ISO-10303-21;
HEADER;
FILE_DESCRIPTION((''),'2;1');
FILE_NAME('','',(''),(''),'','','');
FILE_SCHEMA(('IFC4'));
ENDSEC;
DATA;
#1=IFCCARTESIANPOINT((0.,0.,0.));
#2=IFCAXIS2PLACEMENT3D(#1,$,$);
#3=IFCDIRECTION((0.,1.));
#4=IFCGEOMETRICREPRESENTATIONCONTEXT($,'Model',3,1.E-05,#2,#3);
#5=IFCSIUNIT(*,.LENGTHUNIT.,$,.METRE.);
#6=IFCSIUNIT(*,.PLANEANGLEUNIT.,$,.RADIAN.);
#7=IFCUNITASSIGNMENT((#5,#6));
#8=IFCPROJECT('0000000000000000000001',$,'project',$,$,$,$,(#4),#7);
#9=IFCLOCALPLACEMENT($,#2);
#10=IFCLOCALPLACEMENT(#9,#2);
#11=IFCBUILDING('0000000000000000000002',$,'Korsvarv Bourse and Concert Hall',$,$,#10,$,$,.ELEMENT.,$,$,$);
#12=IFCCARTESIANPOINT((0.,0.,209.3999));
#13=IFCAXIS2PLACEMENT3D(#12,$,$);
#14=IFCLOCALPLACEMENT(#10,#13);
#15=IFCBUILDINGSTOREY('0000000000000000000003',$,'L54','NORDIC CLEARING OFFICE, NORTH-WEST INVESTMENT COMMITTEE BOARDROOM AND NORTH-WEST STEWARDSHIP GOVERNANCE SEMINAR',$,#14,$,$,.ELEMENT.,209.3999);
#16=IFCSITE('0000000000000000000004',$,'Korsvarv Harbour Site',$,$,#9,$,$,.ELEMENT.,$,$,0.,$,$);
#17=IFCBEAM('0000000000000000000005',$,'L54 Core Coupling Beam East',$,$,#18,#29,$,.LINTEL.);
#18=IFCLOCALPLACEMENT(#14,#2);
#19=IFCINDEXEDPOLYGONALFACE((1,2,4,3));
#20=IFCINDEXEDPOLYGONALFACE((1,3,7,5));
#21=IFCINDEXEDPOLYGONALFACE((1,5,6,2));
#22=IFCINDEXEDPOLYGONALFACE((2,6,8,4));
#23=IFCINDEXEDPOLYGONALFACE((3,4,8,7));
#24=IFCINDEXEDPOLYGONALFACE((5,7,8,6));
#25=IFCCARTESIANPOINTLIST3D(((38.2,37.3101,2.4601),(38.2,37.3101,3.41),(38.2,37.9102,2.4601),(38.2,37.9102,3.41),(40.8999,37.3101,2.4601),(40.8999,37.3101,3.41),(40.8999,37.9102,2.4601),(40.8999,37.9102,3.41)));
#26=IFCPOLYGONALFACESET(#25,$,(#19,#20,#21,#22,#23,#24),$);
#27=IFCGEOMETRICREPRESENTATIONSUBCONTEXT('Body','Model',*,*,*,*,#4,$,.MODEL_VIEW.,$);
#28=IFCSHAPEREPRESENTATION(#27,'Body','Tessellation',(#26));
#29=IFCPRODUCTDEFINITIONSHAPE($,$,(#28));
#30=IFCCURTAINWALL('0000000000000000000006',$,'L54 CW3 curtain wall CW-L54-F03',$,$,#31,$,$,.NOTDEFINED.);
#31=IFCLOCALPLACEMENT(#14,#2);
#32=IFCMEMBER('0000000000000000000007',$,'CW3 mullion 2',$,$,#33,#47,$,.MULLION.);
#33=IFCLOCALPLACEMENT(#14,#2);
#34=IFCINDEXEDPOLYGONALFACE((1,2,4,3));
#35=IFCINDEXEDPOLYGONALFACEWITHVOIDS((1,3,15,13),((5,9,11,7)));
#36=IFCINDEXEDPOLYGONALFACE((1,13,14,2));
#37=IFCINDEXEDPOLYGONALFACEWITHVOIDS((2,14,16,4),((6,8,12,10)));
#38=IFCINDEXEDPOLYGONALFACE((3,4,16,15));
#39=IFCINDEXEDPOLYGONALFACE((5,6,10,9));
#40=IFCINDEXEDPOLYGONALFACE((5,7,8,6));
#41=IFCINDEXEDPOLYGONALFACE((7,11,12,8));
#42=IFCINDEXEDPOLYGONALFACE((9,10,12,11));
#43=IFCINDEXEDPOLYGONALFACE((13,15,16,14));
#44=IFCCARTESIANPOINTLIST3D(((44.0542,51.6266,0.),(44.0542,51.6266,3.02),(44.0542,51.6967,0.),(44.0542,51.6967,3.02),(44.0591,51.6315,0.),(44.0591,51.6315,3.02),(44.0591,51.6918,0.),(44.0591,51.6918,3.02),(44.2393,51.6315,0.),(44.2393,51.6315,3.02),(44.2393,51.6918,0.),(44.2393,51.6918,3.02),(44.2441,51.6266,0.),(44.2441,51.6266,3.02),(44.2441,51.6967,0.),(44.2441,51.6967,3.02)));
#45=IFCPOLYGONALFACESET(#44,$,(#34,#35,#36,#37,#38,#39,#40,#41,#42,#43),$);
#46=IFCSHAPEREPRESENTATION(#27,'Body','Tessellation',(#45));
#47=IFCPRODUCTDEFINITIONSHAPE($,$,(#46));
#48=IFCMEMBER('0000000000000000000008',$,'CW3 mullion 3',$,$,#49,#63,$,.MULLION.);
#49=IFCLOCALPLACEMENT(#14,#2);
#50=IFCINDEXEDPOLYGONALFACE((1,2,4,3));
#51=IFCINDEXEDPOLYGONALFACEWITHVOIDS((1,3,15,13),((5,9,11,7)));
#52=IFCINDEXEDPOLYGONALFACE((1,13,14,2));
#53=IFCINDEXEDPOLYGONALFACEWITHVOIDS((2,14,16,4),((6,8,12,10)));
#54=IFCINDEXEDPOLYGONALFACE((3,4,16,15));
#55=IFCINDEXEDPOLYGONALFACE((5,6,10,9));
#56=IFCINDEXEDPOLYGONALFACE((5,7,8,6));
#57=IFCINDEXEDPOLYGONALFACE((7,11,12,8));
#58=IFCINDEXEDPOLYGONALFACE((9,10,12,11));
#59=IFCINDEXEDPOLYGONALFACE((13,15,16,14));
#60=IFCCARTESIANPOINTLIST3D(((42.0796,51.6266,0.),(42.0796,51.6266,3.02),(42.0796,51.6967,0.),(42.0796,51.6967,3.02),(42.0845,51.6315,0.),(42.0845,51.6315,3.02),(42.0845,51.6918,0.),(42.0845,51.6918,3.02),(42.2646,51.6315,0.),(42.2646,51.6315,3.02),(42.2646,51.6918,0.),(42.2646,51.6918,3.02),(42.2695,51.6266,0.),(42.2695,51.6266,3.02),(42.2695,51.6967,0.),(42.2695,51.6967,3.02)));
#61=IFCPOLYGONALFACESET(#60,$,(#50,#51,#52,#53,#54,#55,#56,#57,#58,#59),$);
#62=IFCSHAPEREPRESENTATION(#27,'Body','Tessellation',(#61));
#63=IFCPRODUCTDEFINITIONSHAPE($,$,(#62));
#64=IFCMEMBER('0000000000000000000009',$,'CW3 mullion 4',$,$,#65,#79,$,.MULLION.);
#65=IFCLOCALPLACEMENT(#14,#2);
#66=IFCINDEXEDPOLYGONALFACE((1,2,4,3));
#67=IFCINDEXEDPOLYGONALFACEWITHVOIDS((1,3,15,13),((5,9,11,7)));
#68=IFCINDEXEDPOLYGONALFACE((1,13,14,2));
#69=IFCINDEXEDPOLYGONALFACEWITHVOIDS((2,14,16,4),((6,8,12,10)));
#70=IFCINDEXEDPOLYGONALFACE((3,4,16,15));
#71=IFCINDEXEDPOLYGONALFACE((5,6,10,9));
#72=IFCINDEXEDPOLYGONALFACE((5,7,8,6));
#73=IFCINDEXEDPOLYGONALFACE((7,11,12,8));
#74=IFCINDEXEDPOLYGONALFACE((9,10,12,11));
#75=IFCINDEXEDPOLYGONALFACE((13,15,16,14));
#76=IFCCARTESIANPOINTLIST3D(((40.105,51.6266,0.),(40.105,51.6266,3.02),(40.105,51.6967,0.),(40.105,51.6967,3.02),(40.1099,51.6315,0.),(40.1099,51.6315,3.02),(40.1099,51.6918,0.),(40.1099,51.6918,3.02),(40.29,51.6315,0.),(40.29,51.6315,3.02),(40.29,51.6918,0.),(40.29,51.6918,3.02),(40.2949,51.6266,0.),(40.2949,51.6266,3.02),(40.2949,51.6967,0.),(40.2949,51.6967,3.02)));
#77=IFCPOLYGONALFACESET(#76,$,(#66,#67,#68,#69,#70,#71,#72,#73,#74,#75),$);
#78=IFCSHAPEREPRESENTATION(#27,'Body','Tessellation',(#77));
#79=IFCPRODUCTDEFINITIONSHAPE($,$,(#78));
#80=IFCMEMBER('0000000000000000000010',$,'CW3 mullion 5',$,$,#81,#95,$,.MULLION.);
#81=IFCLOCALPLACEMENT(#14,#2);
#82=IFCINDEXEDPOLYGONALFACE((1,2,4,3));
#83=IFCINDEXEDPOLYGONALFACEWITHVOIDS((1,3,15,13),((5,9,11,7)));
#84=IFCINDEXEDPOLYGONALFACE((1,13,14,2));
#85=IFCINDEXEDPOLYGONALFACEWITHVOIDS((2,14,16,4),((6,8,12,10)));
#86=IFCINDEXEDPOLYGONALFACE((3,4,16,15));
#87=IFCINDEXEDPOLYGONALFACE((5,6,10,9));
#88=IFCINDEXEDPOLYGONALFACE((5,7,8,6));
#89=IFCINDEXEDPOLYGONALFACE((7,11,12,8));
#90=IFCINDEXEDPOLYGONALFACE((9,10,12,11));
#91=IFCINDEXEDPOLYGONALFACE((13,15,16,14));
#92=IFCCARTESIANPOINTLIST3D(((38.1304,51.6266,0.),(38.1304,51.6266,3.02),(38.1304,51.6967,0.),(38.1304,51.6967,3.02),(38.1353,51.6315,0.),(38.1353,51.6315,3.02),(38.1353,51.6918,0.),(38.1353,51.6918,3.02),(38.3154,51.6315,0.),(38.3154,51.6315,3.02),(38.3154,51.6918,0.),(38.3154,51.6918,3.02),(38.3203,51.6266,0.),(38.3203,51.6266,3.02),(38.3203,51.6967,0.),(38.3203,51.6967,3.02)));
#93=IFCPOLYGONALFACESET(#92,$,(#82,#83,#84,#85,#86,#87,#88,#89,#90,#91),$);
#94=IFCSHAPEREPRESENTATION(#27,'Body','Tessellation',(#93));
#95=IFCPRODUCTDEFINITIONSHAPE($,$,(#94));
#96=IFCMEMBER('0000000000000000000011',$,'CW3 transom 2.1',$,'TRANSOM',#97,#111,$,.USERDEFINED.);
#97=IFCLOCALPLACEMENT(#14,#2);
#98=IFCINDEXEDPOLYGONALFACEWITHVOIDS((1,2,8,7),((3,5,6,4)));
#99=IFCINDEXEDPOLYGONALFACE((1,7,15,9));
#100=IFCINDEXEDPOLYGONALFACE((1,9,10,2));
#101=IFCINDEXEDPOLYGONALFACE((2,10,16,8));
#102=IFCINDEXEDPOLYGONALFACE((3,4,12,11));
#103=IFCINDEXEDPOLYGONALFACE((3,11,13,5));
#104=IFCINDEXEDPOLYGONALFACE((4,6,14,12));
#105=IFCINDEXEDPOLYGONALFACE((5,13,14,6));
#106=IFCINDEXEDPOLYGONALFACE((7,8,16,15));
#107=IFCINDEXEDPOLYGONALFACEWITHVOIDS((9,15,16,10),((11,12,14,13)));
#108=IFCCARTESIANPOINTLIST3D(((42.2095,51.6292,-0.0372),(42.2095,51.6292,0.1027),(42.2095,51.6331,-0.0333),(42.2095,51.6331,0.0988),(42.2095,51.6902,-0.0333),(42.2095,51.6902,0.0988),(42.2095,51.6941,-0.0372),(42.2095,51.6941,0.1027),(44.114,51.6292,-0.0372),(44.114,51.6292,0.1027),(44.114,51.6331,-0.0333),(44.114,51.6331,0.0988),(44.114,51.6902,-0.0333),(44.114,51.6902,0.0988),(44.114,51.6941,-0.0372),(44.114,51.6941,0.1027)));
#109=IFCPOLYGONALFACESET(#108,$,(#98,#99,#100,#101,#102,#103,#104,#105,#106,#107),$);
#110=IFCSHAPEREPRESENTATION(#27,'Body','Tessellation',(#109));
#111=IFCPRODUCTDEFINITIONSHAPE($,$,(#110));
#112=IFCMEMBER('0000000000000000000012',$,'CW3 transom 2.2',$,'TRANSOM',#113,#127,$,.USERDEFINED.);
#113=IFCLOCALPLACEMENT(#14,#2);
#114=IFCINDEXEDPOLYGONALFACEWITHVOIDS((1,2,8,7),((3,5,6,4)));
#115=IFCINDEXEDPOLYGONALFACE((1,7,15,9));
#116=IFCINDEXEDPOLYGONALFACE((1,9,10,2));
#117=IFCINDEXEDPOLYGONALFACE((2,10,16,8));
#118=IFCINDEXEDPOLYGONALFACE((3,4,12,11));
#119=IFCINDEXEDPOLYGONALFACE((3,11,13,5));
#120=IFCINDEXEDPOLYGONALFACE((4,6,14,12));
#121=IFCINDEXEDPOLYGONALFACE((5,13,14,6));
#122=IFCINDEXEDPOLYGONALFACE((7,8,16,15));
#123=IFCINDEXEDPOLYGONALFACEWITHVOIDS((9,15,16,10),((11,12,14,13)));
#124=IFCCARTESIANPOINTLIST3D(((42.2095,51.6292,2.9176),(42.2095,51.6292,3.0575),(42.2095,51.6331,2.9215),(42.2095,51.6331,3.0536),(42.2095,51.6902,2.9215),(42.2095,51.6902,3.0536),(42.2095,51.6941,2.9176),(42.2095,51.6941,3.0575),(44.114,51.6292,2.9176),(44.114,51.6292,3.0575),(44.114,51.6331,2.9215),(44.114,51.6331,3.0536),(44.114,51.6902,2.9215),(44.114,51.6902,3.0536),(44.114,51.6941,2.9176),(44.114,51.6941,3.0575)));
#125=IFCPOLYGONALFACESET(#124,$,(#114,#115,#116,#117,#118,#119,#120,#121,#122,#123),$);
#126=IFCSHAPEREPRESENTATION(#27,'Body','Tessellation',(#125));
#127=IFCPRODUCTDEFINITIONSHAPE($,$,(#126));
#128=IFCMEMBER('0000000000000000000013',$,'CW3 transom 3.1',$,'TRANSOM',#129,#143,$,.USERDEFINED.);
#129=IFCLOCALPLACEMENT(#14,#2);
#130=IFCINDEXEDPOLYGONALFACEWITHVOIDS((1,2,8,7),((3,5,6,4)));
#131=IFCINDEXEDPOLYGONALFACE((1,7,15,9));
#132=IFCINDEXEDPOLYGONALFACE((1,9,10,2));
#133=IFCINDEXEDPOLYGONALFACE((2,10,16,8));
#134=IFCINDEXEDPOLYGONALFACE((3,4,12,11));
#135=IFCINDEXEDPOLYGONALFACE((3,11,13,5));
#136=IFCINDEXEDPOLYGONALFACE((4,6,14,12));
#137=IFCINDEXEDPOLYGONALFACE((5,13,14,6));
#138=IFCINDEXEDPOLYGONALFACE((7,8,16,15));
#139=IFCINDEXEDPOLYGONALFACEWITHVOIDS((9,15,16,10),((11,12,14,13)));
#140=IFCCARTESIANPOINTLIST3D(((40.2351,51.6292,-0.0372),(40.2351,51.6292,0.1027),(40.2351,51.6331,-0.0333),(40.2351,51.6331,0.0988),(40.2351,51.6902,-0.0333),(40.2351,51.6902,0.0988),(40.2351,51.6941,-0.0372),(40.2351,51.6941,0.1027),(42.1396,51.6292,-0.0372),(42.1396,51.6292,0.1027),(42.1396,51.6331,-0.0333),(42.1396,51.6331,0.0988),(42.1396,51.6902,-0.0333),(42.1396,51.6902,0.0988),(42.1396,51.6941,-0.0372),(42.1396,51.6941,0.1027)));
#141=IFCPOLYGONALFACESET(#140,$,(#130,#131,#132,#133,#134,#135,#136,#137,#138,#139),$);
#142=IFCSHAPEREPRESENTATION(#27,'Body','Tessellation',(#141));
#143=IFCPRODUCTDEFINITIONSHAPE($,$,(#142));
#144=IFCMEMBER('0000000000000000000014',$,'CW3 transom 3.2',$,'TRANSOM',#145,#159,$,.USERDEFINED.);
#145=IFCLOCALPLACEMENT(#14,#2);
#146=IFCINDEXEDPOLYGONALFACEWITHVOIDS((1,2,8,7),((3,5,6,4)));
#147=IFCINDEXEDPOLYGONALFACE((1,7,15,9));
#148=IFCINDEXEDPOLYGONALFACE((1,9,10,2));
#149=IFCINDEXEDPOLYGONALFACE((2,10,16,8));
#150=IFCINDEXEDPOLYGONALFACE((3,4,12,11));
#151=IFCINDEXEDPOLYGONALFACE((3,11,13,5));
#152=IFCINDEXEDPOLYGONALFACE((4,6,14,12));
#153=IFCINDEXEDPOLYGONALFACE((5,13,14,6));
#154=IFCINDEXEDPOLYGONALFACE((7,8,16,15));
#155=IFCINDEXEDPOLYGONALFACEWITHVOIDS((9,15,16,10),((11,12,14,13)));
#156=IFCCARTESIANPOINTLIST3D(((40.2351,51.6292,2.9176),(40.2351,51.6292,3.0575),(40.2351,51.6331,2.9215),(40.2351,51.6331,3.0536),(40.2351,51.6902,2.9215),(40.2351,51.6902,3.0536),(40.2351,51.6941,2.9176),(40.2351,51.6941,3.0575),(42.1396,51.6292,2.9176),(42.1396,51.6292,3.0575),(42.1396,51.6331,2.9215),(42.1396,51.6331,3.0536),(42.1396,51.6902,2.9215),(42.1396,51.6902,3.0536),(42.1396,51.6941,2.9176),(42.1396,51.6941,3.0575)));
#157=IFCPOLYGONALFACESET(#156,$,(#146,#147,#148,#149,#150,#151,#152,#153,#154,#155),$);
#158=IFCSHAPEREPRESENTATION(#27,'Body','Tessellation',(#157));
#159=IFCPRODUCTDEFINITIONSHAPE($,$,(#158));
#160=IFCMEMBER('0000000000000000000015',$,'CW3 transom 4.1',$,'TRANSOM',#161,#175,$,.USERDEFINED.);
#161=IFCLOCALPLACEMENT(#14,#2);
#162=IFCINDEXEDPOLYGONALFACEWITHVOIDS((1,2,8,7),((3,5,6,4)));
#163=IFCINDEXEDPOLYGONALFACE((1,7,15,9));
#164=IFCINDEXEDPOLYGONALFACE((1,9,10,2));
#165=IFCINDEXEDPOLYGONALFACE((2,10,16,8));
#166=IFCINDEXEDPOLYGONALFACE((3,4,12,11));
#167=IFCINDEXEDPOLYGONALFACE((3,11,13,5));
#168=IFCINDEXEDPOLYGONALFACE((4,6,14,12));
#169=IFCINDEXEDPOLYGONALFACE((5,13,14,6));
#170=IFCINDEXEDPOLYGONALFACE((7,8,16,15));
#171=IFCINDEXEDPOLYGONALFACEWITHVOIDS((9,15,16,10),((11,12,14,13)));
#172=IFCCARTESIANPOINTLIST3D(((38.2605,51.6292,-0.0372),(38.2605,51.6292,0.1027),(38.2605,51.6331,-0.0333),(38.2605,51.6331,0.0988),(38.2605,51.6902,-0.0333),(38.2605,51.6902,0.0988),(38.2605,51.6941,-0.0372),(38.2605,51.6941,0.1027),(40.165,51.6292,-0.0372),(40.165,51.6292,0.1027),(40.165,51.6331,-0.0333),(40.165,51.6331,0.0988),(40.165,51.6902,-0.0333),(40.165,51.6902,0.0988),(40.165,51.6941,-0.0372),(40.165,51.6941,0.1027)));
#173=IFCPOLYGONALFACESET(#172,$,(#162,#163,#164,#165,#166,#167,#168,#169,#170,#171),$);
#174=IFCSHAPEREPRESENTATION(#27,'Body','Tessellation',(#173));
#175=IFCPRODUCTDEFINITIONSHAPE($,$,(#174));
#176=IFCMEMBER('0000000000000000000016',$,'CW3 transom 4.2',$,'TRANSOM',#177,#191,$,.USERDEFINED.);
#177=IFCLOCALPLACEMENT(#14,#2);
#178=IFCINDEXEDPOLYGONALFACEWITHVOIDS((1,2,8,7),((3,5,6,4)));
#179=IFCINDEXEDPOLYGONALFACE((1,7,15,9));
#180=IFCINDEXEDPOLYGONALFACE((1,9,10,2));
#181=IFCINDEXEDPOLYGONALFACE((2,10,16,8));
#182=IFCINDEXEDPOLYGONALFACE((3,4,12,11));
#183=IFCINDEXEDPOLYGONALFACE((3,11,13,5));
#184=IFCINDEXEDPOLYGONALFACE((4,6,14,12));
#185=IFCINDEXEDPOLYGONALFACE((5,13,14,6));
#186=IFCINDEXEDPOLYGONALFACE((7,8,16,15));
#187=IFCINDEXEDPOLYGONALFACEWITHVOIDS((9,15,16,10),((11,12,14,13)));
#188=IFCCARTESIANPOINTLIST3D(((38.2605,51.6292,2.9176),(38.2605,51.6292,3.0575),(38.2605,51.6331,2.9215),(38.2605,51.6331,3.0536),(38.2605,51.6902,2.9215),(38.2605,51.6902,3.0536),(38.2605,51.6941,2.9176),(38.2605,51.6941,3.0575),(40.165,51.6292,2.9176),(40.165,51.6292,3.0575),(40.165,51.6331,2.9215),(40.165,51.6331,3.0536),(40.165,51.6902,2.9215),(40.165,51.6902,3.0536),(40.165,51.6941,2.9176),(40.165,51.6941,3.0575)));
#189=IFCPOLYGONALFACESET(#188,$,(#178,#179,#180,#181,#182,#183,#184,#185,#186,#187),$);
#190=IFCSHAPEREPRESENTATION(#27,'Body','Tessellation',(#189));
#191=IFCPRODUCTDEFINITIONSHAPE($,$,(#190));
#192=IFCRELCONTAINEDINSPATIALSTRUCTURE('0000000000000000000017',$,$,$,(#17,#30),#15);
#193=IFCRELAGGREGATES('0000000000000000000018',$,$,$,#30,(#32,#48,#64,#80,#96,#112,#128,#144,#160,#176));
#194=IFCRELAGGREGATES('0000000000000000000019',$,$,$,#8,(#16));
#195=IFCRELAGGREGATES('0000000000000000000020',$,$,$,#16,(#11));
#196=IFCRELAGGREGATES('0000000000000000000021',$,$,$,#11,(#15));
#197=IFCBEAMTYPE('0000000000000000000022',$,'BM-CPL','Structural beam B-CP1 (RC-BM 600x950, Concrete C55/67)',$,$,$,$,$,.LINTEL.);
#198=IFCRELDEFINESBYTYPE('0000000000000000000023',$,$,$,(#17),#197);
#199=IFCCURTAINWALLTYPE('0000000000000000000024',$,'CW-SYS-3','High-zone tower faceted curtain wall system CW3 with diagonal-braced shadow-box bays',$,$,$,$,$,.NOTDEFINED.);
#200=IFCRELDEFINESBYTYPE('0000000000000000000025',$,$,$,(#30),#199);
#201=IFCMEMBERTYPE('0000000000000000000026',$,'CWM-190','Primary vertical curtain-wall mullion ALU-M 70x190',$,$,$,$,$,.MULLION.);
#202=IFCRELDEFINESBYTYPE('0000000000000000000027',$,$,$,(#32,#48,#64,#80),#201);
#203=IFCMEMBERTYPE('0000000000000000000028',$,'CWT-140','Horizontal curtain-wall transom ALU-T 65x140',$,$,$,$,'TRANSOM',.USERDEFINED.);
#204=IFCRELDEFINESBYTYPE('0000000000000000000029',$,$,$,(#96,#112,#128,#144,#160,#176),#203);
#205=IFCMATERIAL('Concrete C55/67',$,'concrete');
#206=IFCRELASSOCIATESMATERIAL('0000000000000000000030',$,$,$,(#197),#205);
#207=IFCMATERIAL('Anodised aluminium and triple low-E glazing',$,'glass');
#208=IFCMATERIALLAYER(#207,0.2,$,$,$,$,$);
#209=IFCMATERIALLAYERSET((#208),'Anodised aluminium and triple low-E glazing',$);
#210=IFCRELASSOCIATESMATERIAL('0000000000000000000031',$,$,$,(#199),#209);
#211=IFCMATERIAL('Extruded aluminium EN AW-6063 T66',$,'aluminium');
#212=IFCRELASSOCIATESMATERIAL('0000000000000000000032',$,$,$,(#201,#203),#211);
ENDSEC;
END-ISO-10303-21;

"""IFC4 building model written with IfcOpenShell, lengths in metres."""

from ifc_helpers import new_model, si_unit, direction, frame, origin, origin_2d, place, context, subcontext, project, spatial, rectangle, hollow_rectangle, extrude, source, transform, mapped, material, layer, layer_set, material_profile, profile_set, type_object, element, aggregate, save


model = new_model("IFC4")

# Units and contexts
model_context = context("Model", 3, precision=1e-05, world=origin(), true_north=direction((0.0, 1.0)))
body_context = subcontext(model_context, "Body", "Model", "MODEL_VIEW")
ifc_project = project(units=[si_unit("LENGTHUNIT", "METRE"), si_unit("PLANEANGLEUNIT", "RADIAN")], contexts=[model_context])

# Site, building, storey
site_placement = place(None, origin())
site = spatial("IfcSite", under=ifc_project, at=site_placement, Name="Korsvarv Harbour Site", CompositionType="ELEMENT", RefElevation=0.0)
building_placement = place(site_placement, origin())
building = spatial("IfcBuilding", under=site, at=building_placement, Name="Korsvarv Bourse and Concert Hall", CompositionType="ELEMENT")
storey_placement = place(building_placement, frame((0.0, 0.0, 209.3999)))
storey = spatial("IfcBuildingStorey", under=building, at=storey_placement, Name="L54", Description="NORDIC CLEARING OFFICE, NORTH-WEST INVESTMENT COMMITTEE BOARDROOM AND NORTH-WEST STEWARDSHIP GOVERNANCE SEMINAR", CompositionType="ELEMENT", Elevation=209.3999)

# Beam
ifc_material_1 = material(Name="Concrete C55/67", Category="concrete")
ifc_material_profile_1 = material_profile(ifc_material_1, rectangle(XDim=0.6001, YDim=0.95, at=origin_2d()), Name="RC-BM 600x950")
ifc_profile_set_1 = profile_set([ifc_material_profile_1], Name="Concrete C55/67")
beam_type = type_object("IfcBeamType", Name="BM-CPL", Description="Structural beam B-CP1 (RC-BM 600x950, Concrete C55/67)", PredefinedType="LINTEL", material=ifc_profile_set_1)
shared_shape_1 = source(origin(), body_context, "Body", "SweptSolid", [
    extrude(rectangle(XDim=0.6001, YDim=0.95, at=origin_2d()), origin(), (0.0, 0.0, 1.0), 2.7),
])
beam_placement = place(storey_placement, frame((38.2, 37.6101, 2.9351), z_axis=(1.0, 0.0, 0.0), x_axis=(0.0, 1.0, 0.0)))
element("IfcBeam", 1, at=beam_placement, inside=storey, type_object=beam_type, Name="L54 Core Coupling Beam East", PredefinedType="LINTEL", context=body_context, shape_type="MappedRepresentation", body=[
    mapped(shared_shape_1, transform((0.0, 0.0, 0.0), scale=1.0)),
])

# Curtain wall, members
ifc_material_2 = material(Name="Anodised aluminium and triple low-E glazing", Category="glass")
ifc_layer_1 = layer(ifc_material_2, 0.2)
ifc_layer_set_1 = layer_set([ifc_layer_1], Name="Anodised aluminium and triple low-E glazing")
curtain_wall_type = type_object("IfcCurtainWallType", Name="CW-SYS-3", Description="High-zone tower faceted curtain wall system CW3 with diagonal-braced shadow-box bays", PredefinedType="NOTDEFINED", material=ifc_layer_set_1)
curtain_wall_placement = place(storey_placement, origin())
curtain_wall = element("IfcCurtainWall", 2, at=curtain_wall_placement, inside=storey, type_object=curtain_wall_type, Name="L54 CW3 curtain wall CW-L54-F03", PredefinedType="NOTDEFINED")
ifc_material_3 = material(Name="Extruded aluminium EN AW-6063 T66", Category="aluminium")
ifc_material_profile_2 = material_profile(ifc_material_3, hollow_rectangle(XDim=0.0701, YDim=0.1899, WallThickness=0.0049, at=origin_2d()), Name="ALU-M 70x190")
ifc_profile_set_2 = profile_set([ifc_material_profile_2], Name="Extruded aluminium EN AW-6063 T66")
member_type_1 = type_object("IfcMemberType", Name="CWM-190", Description="Primary vertical curtain-wall mullion ALU-M 70x190", PredefinedType="MULLION", material=ifc_profile_set_2)
shared_shape_2 = source(origin(), body_context, "Body", "SweptSolid", [
    extrude(hollow_rectangle(XDim=0.0701, YDim=0.1899, WallThickness=0.0049, at=origin_2d()), origin(), (0.0, 0.0, 1.0), 3.02),
])
member_1_placement = place(storey_placement, frame((44.1492, 51.6616, 0.0), z_axis=(0.0, 0.0, 1.0), x_axis=(0.0, -1.0, 0.0)))
member_1 = element("IfcMember", 3, at=member_1_placement, type_object=member_type_1, Name="CW3 mullion 2", PredefinedType="MULLION", context=body_context, shape_type="MappedRepresentation", body=[
    mapped(shared_shape_2, transform((0.0, 0.0, 0.0), scale=1.0)),
])
member_2_placement = place(storey_placement, frame((42.1746, 51.6616, 0.0), z_axis=(0.0, 0.0, 1.0), x_axis=(0.0, -1.0, 0.0)))
member_2 = element("IfcMember", 4, at=member_2_placement, type_object=member_type_1, Name="CW3 mullion 3", PredefinedType="MULLION", context=body_context, shape_type="MappedRepresentation", body=[
    mapped(shared_shape_2, transform((0.0, 0.0, 0.0), scale=1.0)),
])
member_3_placement = place(storey_placement, frame((40.2, 51.6616, 0.0), z_axis=(0.0, 0.0, 1.0), x_axis=(0.0, -1.0, 0.0)))
member_3 = element("IfcMember", 5, at=member_3_placement, type_object=member_type_1, Name="CW3 mullion 4", PredefinedType="MULLION", context=body_context, shape_type="MappedRepresentation", body=[
    mapped(shared_shape_2, transform((0.0, 0.0, 0.0), scale=1.0)),
])
member_4_placement = place(storey_placement, frame((38.2253, 51.6616, 0.0), z_axis=(0.0, 0.0, 1.0), x_axis=(0.0, -1.0, 0.0)))
member_4 = element("IfcMember", 6, at=member_4_placement, type_object=member_type_1, Name="CW3 mullion 5", PredefinedType="MULLION", context=body_context, shape_type="MappedRepresentation", body=[
    mapped(shared_shape_2, transform((0.0, 0.0, 0.0), scale=1.0)),
])
ifc_material_profile_3 = material_profile(ifc_material_3, hollow_rectangle(XDim=0.0649, YDim=0.1399, WallThickness=0.0039, at=origin_2d()), Name="ALU-T 65x140")
ifc_profile_set_3 = profile_set([ifc_material_profile_3], Name="Extruded aluminium EN AW-6063 T66")
member_type_2 = type_object("IfcMemberType", Name="CWT-140", Description="Horizontal curtain-wall transom ALU-T 65x140", ElementType="TRANSOM", PredefinedType="USERDEFINED", material=ifc_profile_set_3)
shared_shape_3 = source(origin(), body_context, "Body", "SweptSolid", [
    extrude(hollow_rectangle(XDim=0.0649, YDim=0.1399, WallThickness=0.0039, at=origin_2d()), origin(), (0.0, 0.0, 1.0), 1.9045),
])
member_5_placement = place(storey_placement, frame((44.114, 51.6616, 0.0327), z_axis=(-1.0, 0.0, 0.0), x_axis=(0.0, -1.0, 0.0)))
member_5 = element("IfcMember", 7, at=member_5_placement, type_object=member_type_2, Name="CW3 transom 2.1", ObjectType="TRANSOM", PredefinedType="USERDEFINED", context=body_context, shape_type="MappedRepresentation", body=[
    mapped(shared_shape_3, transform((0.0, 0.0, 0.0), scale=1.0)),
])
member_6_placement = place(storey_placement, frame((44.114, 51.6616, 2.9875), z_axis=(-1.0, 0.0, 0.0), x_axis=(0.0, -1.0, 0.0)))
member_6 = element("IfcMember", 8, at=member_6_placement, type_object=member_type_2, Name="CW3 transom 2.2", ObjectType="TRANSOM", PredefinedType="USERDEFINED", context=body_context, shape_type="MappedRepresentation", body=[
    mapped(shared_shape_3, transform((0.0, 0.0, 0.0), scale=1.0)),
])
member_7_placement = place(storey_placement, frame((42.1396, 51.6616, 0.0327), z_axis=(-1.0, 0.0, 0.0), x_axis=(0.0, -1.0, 0.0)))
member_7 = element("IfcMember", 9, at=member_7_placement, type_object=member_type_2, Name="CW3 transom 3.1", ObjectType="TRANSOM", PredefinedType="USERDEFINED", context=body_context, shape_type="MappedRepresentation", body=[
    mapped(shared_shape_3, transform((0.0, 0.0, 0.0), scale=1.0)),
])
member_8_placement = place(storey_placement, frame((42.1396, 51.6616, 2.9875), z_axis=(-1.0, 0.0, 0.0), x_axis=(0.0, -1.0, 0.0)))
member_8 = element("IfcMember", 10, at=member_8_placement, type_object=member_type_2, Name="CW3 transom 3.2", ObjectType="TRANSOM", PredefinedType="USERDEFINED", context=body_context, shape_type="MappedRepresentation", body=[
    mapped(shared_shape_3, transform((0.0, 0.0, 0.0), scale=1.0)),
])
member_9_placement = place(storey_placement, frame((40.165, 51.6616, 0.0327), z_axis=(-1.0, 0.0, 0.0), x_axis=(0.0, -1.0, 0.0)))
member_9 = element("IfcMember", 11, at=member_9_placement, type_object=member_type_2, Name="CW3 transom 4.1", ObjectType="TRANSOM", PredefinedType="USERDEFINED", context=body_context, shape_type="MappedRepresentation", body=[
    mapped(shared_shape_3, transform((0.0, 0.0, 0.0), scale=1.0)),
])
member_10_placement = place(storey_placement, frame((40.165, 51.6616, 2.9875), z_axis=(-1.0, 0.0, 0.0), x_axis=(0.0, -1.0, 0.0)))
member_10 = element("IfcMember", 12, at=member_10_placement, type_object=member_type_2, Name="CW3 transom 4.2", ObjectType="TRANSOM", PredefinedType="USERDEFINED", context=body_context, shape_type="MappedRepresentation", body=[
    mapped(shared_shape_3, transform((0.0, 0.0, 0.0), scale=1.0)),
])
aggregate(curtain_wall, [member_1, member_2, member_3, member_4, member_5, member_6, member_7, member_8, member_9, member_10])

save(model, "model.ifc")
